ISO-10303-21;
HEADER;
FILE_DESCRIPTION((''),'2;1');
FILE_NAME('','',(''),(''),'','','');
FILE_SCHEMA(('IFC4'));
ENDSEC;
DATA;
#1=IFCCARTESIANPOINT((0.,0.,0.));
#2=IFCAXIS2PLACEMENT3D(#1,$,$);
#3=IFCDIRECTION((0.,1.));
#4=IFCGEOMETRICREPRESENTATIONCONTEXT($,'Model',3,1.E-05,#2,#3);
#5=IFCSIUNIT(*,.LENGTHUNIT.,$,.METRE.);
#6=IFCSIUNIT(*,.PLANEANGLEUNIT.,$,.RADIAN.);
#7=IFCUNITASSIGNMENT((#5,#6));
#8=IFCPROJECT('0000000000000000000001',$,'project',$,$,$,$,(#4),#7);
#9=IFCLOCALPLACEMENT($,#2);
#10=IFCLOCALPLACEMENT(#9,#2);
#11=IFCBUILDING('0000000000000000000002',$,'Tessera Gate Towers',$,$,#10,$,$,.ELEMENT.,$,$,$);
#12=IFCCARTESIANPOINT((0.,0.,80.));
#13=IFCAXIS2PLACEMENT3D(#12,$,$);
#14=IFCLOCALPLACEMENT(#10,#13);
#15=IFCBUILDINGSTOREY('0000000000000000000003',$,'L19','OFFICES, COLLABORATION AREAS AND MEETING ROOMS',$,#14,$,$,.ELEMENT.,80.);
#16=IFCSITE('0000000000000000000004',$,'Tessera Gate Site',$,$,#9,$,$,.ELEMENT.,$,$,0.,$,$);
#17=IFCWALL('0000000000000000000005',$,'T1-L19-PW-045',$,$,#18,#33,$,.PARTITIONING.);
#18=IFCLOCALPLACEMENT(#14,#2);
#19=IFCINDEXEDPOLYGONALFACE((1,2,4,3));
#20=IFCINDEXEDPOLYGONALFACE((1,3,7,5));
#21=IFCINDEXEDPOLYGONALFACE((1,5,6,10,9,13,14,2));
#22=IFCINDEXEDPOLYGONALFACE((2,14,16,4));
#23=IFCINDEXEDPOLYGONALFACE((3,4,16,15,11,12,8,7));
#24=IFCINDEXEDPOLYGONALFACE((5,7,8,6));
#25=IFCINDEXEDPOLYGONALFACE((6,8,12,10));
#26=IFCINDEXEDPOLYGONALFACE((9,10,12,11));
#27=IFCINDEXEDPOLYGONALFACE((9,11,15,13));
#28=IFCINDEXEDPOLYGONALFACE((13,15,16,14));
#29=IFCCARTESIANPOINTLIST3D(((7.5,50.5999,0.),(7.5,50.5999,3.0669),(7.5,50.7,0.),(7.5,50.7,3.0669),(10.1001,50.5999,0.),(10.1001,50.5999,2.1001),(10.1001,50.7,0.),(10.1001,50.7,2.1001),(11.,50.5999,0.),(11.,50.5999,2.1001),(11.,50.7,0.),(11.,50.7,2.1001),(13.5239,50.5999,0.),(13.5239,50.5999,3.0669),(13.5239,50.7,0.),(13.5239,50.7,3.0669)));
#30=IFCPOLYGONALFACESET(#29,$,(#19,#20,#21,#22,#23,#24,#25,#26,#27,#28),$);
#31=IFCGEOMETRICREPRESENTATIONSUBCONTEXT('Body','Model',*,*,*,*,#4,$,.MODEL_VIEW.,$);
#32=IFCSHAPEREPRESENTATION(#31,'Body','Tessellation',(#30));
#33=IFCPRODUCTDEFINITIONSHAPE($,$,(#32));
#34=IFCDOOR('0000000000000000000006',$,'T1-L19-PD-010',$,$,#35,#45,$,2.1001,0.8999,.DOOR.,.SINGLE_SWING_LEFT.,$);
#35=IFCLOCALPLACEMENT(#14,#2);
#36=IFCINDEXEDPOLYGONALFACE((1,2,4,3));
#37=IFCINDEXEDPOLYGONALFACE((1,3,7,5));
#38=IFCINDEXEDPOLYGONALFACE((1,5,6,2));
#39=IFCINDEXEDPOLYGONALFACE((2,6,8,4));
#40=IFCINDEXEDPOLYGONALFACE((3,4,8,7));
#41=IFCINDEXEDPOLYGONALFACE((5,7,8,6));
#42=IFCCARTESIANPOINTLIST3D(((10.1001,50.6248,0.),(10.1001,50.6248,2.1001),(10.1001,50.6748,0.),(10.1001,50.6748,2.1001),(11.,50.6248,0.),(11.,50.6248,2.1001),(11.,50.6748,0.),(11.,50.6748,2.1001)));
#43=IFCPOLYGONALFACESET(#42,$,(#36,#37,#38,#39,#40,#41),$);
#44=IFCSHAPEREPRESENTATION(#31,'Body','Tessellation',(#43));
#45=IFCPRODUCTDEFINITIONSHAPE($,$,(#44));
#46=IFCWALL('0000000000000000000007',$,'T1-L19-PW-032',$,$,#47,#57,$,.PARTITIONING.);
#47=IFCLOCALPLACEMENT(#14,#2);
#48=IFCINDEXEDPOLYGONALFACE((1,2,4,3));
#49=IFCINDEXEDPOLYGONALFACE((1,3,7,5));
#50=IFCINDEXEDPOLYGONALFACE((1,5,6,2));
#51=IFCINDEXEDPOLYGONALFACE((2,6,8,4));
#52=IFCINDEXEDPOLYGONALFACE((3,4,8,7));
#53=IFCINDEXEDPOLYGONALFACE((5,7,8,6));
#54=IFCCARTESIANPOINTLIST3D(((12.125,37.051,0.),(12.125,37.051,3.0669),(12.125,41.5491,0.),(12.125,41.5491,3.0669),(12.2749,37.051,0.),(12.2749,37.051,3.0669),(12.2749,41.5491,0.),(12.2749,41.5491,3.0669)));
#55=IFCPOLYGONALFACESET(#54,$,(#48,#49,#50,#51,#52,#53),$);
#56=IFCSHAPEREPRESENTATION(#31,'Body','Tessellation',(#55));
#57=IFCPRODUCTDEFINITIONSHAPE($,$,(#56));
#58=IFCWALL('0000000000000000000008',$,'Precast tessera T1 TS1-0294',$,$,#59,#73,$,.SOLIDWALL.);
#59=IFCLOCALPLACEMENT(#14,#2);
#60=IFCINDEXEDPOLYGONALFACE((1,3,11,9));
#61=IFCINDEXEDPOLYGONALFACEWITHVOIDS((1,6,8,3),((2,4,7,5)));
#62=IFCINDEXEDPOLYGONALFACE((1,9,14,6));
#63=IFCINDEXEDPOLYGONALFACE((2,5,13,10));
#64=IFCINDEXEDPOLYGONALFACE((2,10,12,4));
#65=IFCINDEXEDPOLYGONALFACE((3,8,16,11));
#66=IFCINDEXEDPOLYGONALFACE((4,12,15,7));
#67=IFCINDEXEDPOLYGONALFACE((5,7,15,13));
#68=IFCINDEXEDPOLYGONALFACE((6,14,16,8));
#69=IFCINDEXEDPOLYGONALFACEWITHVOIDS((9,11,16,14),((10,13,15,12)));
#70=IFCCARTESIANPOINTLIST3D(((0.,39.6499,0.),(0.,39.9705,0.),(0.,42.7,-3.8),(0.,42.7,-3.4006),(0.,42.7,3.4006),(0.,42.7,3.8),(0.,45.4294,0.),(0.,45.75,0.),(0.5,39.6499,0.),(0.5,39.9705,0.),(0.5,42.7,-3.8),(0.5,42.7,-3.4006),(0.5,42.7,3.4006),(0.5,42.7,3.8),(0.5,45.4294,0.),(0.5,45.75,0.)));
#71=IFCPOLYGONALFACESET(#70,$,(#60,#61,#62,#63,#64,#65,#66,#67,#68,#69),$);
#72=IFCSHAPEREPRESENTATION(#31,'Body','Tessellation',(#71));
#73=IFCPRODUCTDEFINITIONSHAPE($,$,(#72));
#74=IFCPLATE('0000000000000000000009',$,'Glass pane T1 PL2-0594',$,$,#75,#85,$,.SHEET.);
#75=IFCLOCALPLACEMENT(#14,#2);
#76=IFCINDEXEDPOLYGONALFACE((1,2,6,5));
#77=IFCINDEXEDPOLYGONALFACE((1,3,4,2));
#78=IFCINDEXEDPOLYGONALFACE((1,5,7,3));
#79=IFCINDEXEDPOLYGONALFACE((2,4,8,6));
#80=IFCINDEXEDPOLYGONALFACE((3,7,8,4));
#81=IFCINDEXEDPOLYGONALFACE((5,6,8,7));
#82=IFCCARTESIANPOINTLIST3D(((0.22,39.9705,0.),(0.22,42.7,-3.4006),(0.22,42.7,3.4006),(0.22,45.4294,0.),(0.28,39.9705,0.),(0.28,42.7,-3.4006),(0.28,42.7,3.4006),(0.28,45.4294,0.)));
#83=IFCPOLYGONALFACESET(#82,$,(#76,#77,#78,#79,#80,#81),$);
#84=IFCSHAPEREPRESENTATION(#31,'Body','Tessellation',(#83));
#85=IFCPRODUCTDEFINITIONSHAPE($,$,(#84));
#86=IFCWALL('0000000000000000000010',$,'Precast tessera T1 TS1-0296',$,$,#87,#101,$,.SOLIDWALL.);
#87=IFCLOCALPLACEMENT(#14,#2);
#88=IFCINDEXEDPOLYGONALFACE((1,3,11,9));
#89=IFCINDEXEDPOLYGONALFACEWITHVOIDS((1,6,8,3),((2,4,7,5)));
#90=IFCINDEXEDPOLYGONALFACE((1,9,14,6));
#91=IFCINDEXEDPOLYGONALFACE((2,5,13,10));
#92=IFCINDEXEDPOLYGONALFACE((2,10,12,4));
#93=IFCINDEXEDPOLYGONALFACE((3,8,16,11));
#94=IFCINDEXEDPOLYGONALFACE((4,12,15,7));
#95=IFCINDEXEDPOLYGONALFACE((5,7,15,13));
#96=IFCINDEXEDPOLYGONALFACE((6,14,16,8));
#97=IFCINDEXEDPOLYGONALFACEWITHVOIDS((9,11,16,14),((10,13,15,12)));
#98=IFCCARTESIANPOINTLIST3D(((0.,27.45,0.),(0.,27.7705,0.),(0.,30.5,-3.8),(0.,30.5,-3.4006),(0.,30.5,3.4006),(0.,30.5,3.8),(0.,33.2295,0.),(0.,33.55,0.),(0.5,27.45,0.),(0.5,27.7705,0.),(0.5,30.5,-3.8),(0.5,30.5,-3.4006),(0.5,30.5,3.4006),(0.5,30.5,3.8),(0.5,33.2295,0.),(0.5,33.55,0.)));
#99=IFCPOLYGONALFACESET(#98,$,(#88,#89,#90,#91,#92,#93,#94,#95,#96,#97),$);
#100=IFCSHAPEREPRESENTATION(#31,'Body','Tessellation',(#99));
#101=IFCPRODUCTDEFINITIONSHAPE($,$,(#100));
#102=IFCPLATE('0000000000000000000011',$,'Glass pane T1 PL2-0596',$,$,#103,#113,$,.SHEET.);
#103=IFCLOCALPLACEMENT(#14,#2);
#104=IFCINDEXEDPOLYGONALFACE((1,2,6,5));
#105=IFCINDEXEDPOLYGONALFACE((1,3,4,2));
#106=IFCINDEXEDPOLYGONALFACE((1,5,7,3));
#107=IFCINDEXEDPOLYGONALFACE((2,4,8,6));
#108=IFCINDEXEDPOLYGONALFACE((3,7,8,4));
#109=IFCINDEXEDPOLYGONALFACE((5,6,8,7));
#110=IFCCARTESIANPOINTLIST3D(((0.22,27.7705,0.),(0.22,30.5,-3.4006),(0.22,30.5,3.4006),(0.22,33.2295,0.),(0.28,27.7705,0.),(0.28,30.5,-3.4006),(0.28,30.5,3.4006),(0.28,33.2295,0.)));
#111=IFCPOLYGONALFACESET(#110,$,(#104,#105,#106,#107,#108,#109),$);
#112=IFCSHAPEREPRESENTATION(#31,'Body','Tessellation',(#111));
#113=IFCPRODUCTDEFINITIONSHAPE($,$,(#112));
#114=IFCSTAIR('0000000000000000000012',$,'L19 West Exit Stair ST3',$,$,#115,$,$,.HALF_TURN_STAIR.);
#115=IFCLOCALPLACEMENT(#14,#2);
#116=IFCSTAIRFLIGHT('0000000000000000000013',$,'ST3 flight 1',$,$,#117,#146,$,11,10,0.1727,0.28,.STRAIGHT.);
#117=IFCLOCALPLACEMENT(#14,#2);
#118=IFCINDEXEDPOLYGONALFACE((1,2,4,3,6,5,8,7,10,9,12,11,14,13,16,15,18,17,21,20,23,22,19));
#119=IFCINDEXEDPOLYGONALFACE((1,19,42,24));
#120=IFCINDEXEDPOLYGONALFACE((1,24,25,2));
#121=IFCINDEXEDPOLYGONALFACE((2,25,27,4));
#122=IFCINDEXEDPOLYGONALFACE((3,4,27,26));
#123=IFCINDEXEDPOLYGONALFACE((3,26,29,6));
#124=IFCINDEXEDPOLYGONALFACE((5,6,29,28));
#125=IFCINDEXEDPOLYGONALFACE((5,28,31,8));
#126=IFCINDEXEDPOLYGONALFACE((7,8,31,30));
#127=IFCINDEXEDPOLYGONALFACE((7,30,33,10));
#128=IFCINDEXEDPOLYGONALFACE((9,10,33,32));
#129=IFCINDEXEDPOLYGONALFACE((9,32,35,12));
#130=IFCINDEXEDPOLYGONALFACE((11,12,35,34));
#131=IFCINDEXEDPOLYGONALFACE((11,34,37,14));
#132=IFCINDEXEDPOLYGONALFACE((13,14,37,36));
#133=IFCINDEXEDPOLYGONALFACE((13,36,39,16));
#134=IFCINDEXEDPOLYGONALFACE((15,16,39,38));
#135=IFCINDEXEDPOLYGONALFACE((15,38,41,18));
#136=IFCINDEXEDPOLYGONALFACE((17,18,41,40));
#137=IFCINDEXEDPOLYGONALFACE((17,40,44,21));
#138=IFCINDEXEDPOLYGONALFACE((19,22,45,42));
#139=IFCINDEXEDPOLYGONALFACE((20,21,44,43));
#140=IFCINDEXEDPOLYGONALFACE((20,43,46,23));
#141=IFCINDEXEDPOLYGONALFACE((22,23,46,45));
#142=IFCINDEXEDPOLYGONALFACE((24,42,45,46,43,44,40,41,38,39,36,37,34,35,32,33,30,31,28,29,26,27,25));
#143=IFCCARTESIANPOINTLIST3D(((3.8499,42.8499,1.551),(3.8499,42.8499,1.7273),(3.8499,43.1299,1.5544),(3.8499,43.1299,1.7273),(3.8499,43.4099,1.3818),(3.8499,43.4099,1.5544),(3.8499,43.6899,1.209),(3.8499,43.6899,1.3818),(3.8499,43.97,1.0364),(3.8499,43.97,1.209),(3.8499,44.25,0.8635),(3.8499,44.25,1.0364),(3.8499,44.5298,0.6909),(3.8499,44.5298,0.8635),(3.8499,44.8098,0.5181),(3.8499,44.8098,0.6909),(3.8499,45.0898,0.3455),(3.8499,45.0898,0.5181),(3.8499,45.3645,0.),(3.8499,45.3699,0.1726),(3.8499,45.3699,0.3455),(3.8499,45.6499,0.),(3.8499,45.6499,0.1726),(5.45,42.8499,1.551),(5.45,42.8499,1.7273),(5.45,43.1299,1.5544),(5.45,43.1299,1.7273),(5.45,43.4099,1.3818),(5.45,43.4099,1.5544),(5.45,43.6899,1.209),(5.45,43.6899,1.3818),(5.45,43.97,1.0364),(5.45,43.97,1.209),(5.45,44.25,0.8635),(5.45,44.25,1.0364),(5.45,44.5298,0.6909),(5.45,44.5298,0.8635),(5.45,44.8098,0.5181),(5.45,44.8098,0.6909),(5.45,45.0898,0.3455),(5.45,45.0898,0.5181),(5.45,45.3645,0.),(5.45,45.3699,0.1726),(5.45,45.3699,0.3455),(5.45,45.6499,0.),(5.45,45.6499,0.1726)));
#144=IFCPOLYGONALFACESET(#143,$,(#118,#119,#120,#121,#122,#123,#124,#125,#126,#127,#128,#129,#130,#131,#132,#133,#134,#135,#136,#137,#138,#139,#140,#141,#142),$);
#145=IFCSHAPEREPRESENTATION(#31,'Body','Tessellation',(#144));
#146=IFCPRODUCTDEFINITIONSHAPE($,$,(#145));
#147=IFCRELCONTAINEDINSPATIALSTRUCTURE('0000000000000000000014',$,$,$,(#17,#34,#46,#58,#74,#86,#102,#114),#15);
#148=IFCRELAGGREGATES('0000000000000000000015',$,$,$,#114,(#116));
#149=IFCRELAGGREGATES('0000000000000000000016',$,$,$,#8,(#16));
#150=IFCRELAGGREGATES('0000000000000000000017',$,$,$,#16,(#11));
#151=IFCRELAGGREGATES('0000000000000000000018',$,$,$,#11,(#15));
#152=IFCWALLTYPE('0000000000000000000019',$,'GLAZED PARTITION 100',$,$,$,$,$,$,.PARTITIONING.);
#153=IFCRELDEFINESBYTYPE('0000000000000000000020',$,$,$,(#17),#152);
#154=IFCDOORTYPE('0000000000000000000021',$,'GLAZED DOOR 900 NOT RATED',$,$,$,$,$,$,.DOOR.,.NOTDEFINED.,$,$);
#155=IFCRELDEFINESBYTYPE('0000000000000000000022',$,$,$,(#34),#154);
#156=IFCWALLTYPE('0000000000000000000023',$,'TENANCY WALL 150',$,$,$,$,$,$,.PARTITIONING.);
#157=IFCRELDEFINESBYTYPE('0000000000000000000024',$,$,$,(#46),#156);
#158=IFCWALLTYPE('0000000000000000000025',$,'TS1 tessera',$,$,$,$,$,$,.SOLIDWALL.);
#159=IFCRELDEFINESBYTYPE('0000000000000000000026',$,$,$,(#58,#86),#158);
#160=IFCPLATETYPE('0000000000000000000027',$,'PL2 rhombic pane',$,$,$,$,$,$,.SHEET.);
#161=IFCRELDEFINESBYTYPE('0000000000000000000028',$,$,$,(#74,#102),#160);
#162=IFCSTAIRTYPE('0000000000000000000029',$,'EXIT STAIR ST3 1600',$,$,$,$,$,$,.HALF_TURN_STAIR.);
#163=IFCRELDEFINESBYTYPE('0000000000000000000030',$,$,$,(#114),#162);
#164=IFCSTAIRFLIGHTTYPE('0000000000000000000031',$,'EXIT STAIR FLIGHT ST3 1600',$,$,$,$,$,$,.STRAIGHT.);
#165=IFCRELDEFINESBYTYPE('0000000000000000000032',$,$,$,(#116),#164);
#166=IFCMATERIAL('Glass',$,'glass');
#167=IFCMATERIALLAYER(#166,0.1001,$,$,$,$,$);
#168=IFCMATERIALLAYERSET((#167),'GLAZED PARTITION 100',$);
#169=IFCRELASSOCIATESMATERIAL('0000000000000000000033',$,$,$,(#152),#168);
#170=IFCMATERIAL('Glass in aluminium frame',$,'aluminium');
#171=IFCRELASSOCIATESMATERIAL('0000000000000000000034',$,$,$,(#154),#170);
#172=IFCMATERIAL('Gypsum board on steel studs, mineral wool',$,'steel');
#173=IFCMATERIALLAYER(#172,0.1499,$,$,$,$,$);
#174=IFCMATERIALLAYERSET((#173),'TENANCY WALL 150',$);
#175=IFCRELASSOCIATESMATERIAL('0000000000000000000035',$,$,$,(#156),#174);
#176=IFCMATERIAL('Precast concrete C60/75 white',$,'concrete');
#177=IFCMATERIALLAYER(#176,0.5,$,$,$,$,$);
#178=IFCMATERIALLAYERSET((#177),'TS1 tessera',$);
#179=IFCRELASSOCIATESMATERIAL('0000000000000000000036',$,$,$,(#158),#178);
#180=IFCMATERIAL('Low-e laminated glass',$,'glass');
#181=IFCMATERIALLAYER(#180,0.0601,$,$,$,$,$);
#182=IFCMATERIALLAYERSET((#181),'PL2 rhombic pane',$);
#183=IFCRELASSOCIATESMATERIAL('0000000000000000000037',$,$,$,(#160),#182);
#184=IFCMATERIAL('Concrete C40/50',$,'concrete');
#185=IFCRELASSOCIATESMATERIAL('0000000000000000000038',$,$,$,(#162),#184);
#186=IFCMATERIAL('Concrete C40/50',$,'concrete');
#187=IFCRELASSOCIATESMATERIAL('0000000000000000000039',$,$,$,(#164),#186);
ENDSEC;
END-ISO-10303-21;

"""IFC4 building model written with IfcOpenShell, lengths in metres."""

from ifc_helpers import new_model, si_unit, direction, frame, frame_2d, origin, place, context, subcontext, project, spatial, polyline, rectangle, outline, extrude, source, transform, mapped, material, layer, layer_set, type_object, element, fill, aggregate, save


model = new_model("IFC4")

# Units and contexts
model_context = context("Model", 3, precision=1e-05, world=origin(), true_north=direction((0.0, 1.0)))
body_context = subcontext(model_context, "Body", "Model", "MODEL_VIEW")
ifc_project = project(units=[si_unit("LENGTHUNIT", "METRE"), si_unit("PLANEANGLEUNIT", "RADIAN")], contexts=[model_context])

# Site, building, storey
site_placement = place(None, origin())
site = spatial("IfcSite", under=ifc_project, at=site_placement, Name="Tessera Gate Site", CompositionType="ELEMENT", RefElevation=0.0)
building_placement = place(site_placement, origin())
building = spatial("IfcBuilding", under=site, at=building_placement, Name="Tessera Gate Towers", CompositionType="ELEMENT")
storey_placement = place(building_placement, frame((0.0, 0.0, 80.0)))
storey = spatial("IfcBuildingStorey", under=building, at=storey_placement, Name="L19", Description="OFFICES, COLLABORATION AREAS AND MEETING ROOMS", CompositionType="ELEMENT", Elevation=80.0)

# Shared definitions
shared_shape_1 = source(origin(), body_context, "Body", "SweptSolid", [
    extrude(rectangle(XDim=0.8999, YDim=2.1001, at=frame_2d((0.45, 1.05))), frame((0.0, 0.0249, 0.0), z_axis=(0.0, -1.0, 0.0), x_axis=(1.0, 0.0, 0.0)), (0.0, 0.0, 1.0), 0.05),
])

# Wall, opening, door
ifc_material_1 = material(Name="Glass", Category="glass")
ifc_layer_1 = layer(ifc_material_1, 0.1001)
ifc_layer_set_1 = layer_set([ifc_layer_1], Name="GLAZED PARTITION 100")
wall_type_1 = type_object("IfcWallType", Name="GLAZED PARTITION 100", PredefinedType="PARTITIONING", material=ifc_layer_set_1)
wall_1_placement = place(storey_placement, frame((7.5, 50.6499, 0.0), z_axis=(0.0, 0.0, 1.0), x_axis=(1.0, 0.0, 0.0)))
wall_1 = element("IfcWall", 1, at=wall_1_placement, inside=storey, type_object=wall_type_1, Name="T1-L19-PW-045", PredefinedType="PARTITIONING", context=body_context, shape_type="SweptSolid", body=[
    extrude(rectangle(XDim=6.0239, YDim=0.1001, at=frame_2d((3.012, 0.0))), origin(), (0.0, 0.0, 1.0), 3.0669),
])
shared_shape_2 = source(origin(), body_context, "Body", "SweptSolid", [
    extrude(rectangle(XDim=0.8999, YDim=2.1001, at=frame_2d((0.45, 1.05))), frame((0.0, 0.0601, 0.0), z_axis=(0.0, -1.0, 0.0), x_axis=(1.0, 0.0, 0.0)), (0.0, 0.0, 1.0), 0.1201),
])
opening_1_placement = place(wall_1_placement, frame((2.6001, 0.0, 0.0)))
opening_1 = element("IfcOpeningElement", 2, at=opening_1_placement, cuts=wall_1, PredefinedType="OPENING", context=body_context, shape_type="MappedRepresentation", body=[
    mapped(shared_shape_2, transform((0.0, 0.0, 0.0), scale=1.0)),
])
ifc_material_2 = material(Name="Glass in aluminium frame", Category="aluminium")
door_type_1 = type_object("IfcDoorType", Name="GLAZED DOOR 900 NOT RATED", OperationType="NOTDEFINED", PredefinedType="DOOR", material=ifc_material_2)
door_1_placement = place(opening_1_placement, origin())
door_1 = element("IfcDoor", 3, at=door_1_placement, inside=storey, type_object=door_type_1, Name="T1-L19-PD-010", OperationType="SINGLE_SWING_LEFT", OverallHeight=2.1001, OverallWidth=0.8999, PredefinedType="DOOR", context=body_context, shape_type="MappedRepresentation", body=[
    mapped(shared_shape_1, transform((0.0, 0.0, 0.0), scale=1.0)),
])
fill(opening_1, door_1)

# Wall
ifc_material_3 = material(Name="Gypsum board on steel studs, mineral wool", Category="steel")
ifc_layer_2 = layer(ifc_material_3, 0.1499)
ifc_layer_set_2 = layer_set([ifc_layer_2], Name="TENANCY WALL 150")
wall_type_2 = type_object("IfcWallType", Name="TENANCY WALL 150", PredefinedType="PARTITIONING", material=ifc_layer_set_2)
wall_2_placement = place(storey_placement, frame((12.2, 37.051, 0.0), z_axis=(0.0, 0.0, 1.0), x_axis=(0.0, 1.0, 0.0)))
element("IfcWall", 4, at=wall_2_placement, inside=storey, type_object=wall_type_2, Name="T1-L19-PW-032", PredefinedType="PARTITIONING", context=body_context, shape_type="SweptSolid", body=[
    extrude(rectangle(XDim=4.498, YDim=0.1499, at=frame_2d((2.249, 0.0))), origin(), (0.0, 0.0, 1.0), 3.0669),
])

# Walls, openings, plates
ifc_material_4 = material(Name="Precast concrete C60/75 white", Category="concrete")
ifc_layer_3 = layer(ifc_material_4, 0.5)
ifc_layer_set_3 = layer_set([ifc_layer_3], Name="TS1 tessera")
wall_type_3 = type_object("IfcWallType", Name="TS1 tessera", PredefinedType="SOLIDWALL", material=ifc_layer_set_3)
shared_shape_3 = source(origin(), body_context, "Body", "SweptSolid", [
    extrude(outline(polyline([(3.05, 0.0), (6.1001, 3.8), (3.05, 7.6001), (0.0, 3.8), (3.05, 0.0)])), frame((0.0, 0.25, 0.0), z_axis=(0.0, -1.0, 0.0), x_axis=(1.0, 0.0, 0.0)), (0.0, 0.0, 1.0), 0.5),
])
wall_3_placement = place(storey_placement, frame((0.25, 45.75, -3.8), z_axis=(0.0, 0.0, 1.0), x_axis=(0.0, -1.0, 0.0)))
wall_3 = element("IfcWall", 5, at=wall_3_placement, inside=storey, type_object=wall_type_3, Name="Precast tessera T1 TS1-0294", PredefinedType="SOLIDWALL", context=body_context, shape_type="MappedRepresentation", body=[
    mapped(shared_shape_3, transform((0.0, 0.0, 0.0), scale=1.0)),
])
shared_shape_4 = source(origin(), body_context, "Body", "SweptSolid", [
    extrude(outline(polyline([(3.05, 0.3994), (5.7795, 3.8), (3.05, 7.2007), (0.3206, 3.8), (3.05, 0.3994)])), frame((0.0, 0.26, 0.0), z_axis=(0.0, -1.0, 0.0), x_axis=(1.0, 0.0, 0.0)), (0.0, 0.0, 1.0), 0.52),
])
opening_2_placement = place(wall_3_placement, origin())
opening_2 = element("IfcOpeningElement", 6, at=opening_2_placement, cuts=wall_3, PredefinedType="OPENING", context=body_context, shape_type="MappedRepresentation", body=[
    mapped(shared_shape_4, transform((0.0, 0.0, 0.0), scale=1.0)),
])
ifc_material_5 = material(Name="Low-e laminated glass", Category="glass")
ifc_layer_4 = layer(ifc_material_5, 0.0601)
ifc_layer_set_4 = layer_set([ifc_layer_4], Name="PL2 rhombic pane")
plate_type = type_object("IfcPlateType", Name="PL2 rhombic pane", PredefinedType="SHEET", material=ifc_layer_set_4)
shared_shape_5 = source(origin(), body_context, "Body", "SweptSolid", [
    extrude(outline(polyline([(3.05, 0.3994), (5.7795, 3.8), (3.05, 7.2007), (0.3206, 3.8), (3.05, 0.3994)])), frame((0.0, 0.03, 0.0), z_axis=(0.0, -1.0, 0.0), x_axis=(1.0, 0.0, 0.0)), (0.0, 0.0, 1.0), 0.0601),
])
plate_1_placement = place(opening_2_placement, origin())
plate_1 = element("IfcPlate", 7, at=plate_1_placement, inside=storey, type_object=plate_type, Name="Glass pane T1 PL2-0594", PredefinedType="SHEET", context=body_context, shape_type="MappedRepresentation", body=[
    mapped(shared_shape_5, transform((0.0, 0.0, 0.0), scale=1.0)),
])
fill(opening_2, plate_1)
wall_4_placement = place(storey_placement, frame((0.25, 33.55, -3.8), z_axis=(0.0, 0.0, 1.0), x_axis=(0.0, -1.0, 0.0)))
wall_4 = element("IfcWall", 8, at=wall_4_placement, inside=storey, type_object=wall_type_3, Name="Precast tessera T1 TS1-0296", PredefinedType="SOLIDWALL", context=body_context, shape_type="MappedRepresentation", body=[
    mapped(shared_shape_3, transform((0.0, 0.0, 0.0), scale=1.0)),
])
opening_3_placement = place(wall_4_placement, origin())
opening_3 = element("IfcOpeningElement", 9, at=opening_3_placement, cuts=wall_4, PredefinedType="OPENING", context=body_context, shape_type="MappedRepresentation", body=[
    mapped(shared_shape_4, transform((0.0, 0.0, 0.0), scale=1.0)),
])
plate_2_placement = place(opening_3_placement, origin())
plate_2 = element("IfcPlate", 10, at=plate_2_placement, inside=storey, type_object=plate_type, Name="Glass pane T1 PL2-0596", PredefinedType="SHEET", context=body_context, shape_type="MappedRepresentation", body=[
    mapped(shared_shape_5, transform((0.0, 0.0, 0.0), scale=1.0)),
])
fill(opening_3, plate_2)

# Stair, stair flight
ifc_material_6 = material(Name="Concrete C40/50", Category="concrete")
stair_type = type_object("IfcStairType", Name="EXIT STAIR ST3 1600", PredefinedType="HALF_TURN_STAIR", material=ifc_material_6)
stair_placement = place(storey_placement, origin())
stair = element("IfcStair", 11, at=stair_placement, inside=storey, type_object=stair_type, Name="L19 West Exit Stair ST3", PredefinedType="HALF_TURN_STAIR")
ifc_material_7 = material(Name="Concrete C40/50", Category="concrete")
stair_flight_type = type_object("IfcStairFlightType", Name="EXIT STAIR FLIGHT ST3 1600", PredefinedType="STRAIGHT", material=ifc_material_7)
stair_flight_1_placement = place(storey_placement, frame((4.6499, 45.6499, 0.0), z_axis=(0.0, 0.0, 1.0), x_axis=(0.0, -1.0, 0.0)))
stair_flight_1 = element("IfcStairFlight", 12, at=stair_flight_1_placement, type_object=stair_flight_type, Name="ST3 flight 1", NumberOfRisers=11, NumberOfTreads=10, PredefinedType="STRAIGHT", RiserHeight=0.1727, TreadLength=0.28, context=body_context, shape_type="SweptSolid", body=[
    extrude(outline(polyline([(0.0, 0.0), (0.0, 0.1726), (0.28, 0.1726), (0.28, 0.3455), (0.5601, 0.3455), (0.5601, 0.5181), (0.8401, 0.5181), (0.8401, 0.6909), (1.1201, 0.6909), (1.1201, 0.8635), (1.3999, 0.8635), (1.3999, 1.0364), (1.6799, 1.0364), (1.6799, 1.209), (1.96, 1.209), (1.96, 1.3818), (2.24, 1.3818), (2.24, 1.5544), (2.52, 1.5544), (2.52, 1.7273), (2.8, 1.7273), (2.8, 1.8999), (2.8, 1.551), (0.2854, 0.0), (0.0, 0.0)])), frame((0.0, 0.8, 0.0), z_axis=(0.0, -1.0, 0.0), x_axis=(1.0, 0.0, 0.0)), (0.0, 0.0, 1.0), 1.6001),
])
aggregate(stair, [stair_flight_1])

save(model, "model.ifc")
